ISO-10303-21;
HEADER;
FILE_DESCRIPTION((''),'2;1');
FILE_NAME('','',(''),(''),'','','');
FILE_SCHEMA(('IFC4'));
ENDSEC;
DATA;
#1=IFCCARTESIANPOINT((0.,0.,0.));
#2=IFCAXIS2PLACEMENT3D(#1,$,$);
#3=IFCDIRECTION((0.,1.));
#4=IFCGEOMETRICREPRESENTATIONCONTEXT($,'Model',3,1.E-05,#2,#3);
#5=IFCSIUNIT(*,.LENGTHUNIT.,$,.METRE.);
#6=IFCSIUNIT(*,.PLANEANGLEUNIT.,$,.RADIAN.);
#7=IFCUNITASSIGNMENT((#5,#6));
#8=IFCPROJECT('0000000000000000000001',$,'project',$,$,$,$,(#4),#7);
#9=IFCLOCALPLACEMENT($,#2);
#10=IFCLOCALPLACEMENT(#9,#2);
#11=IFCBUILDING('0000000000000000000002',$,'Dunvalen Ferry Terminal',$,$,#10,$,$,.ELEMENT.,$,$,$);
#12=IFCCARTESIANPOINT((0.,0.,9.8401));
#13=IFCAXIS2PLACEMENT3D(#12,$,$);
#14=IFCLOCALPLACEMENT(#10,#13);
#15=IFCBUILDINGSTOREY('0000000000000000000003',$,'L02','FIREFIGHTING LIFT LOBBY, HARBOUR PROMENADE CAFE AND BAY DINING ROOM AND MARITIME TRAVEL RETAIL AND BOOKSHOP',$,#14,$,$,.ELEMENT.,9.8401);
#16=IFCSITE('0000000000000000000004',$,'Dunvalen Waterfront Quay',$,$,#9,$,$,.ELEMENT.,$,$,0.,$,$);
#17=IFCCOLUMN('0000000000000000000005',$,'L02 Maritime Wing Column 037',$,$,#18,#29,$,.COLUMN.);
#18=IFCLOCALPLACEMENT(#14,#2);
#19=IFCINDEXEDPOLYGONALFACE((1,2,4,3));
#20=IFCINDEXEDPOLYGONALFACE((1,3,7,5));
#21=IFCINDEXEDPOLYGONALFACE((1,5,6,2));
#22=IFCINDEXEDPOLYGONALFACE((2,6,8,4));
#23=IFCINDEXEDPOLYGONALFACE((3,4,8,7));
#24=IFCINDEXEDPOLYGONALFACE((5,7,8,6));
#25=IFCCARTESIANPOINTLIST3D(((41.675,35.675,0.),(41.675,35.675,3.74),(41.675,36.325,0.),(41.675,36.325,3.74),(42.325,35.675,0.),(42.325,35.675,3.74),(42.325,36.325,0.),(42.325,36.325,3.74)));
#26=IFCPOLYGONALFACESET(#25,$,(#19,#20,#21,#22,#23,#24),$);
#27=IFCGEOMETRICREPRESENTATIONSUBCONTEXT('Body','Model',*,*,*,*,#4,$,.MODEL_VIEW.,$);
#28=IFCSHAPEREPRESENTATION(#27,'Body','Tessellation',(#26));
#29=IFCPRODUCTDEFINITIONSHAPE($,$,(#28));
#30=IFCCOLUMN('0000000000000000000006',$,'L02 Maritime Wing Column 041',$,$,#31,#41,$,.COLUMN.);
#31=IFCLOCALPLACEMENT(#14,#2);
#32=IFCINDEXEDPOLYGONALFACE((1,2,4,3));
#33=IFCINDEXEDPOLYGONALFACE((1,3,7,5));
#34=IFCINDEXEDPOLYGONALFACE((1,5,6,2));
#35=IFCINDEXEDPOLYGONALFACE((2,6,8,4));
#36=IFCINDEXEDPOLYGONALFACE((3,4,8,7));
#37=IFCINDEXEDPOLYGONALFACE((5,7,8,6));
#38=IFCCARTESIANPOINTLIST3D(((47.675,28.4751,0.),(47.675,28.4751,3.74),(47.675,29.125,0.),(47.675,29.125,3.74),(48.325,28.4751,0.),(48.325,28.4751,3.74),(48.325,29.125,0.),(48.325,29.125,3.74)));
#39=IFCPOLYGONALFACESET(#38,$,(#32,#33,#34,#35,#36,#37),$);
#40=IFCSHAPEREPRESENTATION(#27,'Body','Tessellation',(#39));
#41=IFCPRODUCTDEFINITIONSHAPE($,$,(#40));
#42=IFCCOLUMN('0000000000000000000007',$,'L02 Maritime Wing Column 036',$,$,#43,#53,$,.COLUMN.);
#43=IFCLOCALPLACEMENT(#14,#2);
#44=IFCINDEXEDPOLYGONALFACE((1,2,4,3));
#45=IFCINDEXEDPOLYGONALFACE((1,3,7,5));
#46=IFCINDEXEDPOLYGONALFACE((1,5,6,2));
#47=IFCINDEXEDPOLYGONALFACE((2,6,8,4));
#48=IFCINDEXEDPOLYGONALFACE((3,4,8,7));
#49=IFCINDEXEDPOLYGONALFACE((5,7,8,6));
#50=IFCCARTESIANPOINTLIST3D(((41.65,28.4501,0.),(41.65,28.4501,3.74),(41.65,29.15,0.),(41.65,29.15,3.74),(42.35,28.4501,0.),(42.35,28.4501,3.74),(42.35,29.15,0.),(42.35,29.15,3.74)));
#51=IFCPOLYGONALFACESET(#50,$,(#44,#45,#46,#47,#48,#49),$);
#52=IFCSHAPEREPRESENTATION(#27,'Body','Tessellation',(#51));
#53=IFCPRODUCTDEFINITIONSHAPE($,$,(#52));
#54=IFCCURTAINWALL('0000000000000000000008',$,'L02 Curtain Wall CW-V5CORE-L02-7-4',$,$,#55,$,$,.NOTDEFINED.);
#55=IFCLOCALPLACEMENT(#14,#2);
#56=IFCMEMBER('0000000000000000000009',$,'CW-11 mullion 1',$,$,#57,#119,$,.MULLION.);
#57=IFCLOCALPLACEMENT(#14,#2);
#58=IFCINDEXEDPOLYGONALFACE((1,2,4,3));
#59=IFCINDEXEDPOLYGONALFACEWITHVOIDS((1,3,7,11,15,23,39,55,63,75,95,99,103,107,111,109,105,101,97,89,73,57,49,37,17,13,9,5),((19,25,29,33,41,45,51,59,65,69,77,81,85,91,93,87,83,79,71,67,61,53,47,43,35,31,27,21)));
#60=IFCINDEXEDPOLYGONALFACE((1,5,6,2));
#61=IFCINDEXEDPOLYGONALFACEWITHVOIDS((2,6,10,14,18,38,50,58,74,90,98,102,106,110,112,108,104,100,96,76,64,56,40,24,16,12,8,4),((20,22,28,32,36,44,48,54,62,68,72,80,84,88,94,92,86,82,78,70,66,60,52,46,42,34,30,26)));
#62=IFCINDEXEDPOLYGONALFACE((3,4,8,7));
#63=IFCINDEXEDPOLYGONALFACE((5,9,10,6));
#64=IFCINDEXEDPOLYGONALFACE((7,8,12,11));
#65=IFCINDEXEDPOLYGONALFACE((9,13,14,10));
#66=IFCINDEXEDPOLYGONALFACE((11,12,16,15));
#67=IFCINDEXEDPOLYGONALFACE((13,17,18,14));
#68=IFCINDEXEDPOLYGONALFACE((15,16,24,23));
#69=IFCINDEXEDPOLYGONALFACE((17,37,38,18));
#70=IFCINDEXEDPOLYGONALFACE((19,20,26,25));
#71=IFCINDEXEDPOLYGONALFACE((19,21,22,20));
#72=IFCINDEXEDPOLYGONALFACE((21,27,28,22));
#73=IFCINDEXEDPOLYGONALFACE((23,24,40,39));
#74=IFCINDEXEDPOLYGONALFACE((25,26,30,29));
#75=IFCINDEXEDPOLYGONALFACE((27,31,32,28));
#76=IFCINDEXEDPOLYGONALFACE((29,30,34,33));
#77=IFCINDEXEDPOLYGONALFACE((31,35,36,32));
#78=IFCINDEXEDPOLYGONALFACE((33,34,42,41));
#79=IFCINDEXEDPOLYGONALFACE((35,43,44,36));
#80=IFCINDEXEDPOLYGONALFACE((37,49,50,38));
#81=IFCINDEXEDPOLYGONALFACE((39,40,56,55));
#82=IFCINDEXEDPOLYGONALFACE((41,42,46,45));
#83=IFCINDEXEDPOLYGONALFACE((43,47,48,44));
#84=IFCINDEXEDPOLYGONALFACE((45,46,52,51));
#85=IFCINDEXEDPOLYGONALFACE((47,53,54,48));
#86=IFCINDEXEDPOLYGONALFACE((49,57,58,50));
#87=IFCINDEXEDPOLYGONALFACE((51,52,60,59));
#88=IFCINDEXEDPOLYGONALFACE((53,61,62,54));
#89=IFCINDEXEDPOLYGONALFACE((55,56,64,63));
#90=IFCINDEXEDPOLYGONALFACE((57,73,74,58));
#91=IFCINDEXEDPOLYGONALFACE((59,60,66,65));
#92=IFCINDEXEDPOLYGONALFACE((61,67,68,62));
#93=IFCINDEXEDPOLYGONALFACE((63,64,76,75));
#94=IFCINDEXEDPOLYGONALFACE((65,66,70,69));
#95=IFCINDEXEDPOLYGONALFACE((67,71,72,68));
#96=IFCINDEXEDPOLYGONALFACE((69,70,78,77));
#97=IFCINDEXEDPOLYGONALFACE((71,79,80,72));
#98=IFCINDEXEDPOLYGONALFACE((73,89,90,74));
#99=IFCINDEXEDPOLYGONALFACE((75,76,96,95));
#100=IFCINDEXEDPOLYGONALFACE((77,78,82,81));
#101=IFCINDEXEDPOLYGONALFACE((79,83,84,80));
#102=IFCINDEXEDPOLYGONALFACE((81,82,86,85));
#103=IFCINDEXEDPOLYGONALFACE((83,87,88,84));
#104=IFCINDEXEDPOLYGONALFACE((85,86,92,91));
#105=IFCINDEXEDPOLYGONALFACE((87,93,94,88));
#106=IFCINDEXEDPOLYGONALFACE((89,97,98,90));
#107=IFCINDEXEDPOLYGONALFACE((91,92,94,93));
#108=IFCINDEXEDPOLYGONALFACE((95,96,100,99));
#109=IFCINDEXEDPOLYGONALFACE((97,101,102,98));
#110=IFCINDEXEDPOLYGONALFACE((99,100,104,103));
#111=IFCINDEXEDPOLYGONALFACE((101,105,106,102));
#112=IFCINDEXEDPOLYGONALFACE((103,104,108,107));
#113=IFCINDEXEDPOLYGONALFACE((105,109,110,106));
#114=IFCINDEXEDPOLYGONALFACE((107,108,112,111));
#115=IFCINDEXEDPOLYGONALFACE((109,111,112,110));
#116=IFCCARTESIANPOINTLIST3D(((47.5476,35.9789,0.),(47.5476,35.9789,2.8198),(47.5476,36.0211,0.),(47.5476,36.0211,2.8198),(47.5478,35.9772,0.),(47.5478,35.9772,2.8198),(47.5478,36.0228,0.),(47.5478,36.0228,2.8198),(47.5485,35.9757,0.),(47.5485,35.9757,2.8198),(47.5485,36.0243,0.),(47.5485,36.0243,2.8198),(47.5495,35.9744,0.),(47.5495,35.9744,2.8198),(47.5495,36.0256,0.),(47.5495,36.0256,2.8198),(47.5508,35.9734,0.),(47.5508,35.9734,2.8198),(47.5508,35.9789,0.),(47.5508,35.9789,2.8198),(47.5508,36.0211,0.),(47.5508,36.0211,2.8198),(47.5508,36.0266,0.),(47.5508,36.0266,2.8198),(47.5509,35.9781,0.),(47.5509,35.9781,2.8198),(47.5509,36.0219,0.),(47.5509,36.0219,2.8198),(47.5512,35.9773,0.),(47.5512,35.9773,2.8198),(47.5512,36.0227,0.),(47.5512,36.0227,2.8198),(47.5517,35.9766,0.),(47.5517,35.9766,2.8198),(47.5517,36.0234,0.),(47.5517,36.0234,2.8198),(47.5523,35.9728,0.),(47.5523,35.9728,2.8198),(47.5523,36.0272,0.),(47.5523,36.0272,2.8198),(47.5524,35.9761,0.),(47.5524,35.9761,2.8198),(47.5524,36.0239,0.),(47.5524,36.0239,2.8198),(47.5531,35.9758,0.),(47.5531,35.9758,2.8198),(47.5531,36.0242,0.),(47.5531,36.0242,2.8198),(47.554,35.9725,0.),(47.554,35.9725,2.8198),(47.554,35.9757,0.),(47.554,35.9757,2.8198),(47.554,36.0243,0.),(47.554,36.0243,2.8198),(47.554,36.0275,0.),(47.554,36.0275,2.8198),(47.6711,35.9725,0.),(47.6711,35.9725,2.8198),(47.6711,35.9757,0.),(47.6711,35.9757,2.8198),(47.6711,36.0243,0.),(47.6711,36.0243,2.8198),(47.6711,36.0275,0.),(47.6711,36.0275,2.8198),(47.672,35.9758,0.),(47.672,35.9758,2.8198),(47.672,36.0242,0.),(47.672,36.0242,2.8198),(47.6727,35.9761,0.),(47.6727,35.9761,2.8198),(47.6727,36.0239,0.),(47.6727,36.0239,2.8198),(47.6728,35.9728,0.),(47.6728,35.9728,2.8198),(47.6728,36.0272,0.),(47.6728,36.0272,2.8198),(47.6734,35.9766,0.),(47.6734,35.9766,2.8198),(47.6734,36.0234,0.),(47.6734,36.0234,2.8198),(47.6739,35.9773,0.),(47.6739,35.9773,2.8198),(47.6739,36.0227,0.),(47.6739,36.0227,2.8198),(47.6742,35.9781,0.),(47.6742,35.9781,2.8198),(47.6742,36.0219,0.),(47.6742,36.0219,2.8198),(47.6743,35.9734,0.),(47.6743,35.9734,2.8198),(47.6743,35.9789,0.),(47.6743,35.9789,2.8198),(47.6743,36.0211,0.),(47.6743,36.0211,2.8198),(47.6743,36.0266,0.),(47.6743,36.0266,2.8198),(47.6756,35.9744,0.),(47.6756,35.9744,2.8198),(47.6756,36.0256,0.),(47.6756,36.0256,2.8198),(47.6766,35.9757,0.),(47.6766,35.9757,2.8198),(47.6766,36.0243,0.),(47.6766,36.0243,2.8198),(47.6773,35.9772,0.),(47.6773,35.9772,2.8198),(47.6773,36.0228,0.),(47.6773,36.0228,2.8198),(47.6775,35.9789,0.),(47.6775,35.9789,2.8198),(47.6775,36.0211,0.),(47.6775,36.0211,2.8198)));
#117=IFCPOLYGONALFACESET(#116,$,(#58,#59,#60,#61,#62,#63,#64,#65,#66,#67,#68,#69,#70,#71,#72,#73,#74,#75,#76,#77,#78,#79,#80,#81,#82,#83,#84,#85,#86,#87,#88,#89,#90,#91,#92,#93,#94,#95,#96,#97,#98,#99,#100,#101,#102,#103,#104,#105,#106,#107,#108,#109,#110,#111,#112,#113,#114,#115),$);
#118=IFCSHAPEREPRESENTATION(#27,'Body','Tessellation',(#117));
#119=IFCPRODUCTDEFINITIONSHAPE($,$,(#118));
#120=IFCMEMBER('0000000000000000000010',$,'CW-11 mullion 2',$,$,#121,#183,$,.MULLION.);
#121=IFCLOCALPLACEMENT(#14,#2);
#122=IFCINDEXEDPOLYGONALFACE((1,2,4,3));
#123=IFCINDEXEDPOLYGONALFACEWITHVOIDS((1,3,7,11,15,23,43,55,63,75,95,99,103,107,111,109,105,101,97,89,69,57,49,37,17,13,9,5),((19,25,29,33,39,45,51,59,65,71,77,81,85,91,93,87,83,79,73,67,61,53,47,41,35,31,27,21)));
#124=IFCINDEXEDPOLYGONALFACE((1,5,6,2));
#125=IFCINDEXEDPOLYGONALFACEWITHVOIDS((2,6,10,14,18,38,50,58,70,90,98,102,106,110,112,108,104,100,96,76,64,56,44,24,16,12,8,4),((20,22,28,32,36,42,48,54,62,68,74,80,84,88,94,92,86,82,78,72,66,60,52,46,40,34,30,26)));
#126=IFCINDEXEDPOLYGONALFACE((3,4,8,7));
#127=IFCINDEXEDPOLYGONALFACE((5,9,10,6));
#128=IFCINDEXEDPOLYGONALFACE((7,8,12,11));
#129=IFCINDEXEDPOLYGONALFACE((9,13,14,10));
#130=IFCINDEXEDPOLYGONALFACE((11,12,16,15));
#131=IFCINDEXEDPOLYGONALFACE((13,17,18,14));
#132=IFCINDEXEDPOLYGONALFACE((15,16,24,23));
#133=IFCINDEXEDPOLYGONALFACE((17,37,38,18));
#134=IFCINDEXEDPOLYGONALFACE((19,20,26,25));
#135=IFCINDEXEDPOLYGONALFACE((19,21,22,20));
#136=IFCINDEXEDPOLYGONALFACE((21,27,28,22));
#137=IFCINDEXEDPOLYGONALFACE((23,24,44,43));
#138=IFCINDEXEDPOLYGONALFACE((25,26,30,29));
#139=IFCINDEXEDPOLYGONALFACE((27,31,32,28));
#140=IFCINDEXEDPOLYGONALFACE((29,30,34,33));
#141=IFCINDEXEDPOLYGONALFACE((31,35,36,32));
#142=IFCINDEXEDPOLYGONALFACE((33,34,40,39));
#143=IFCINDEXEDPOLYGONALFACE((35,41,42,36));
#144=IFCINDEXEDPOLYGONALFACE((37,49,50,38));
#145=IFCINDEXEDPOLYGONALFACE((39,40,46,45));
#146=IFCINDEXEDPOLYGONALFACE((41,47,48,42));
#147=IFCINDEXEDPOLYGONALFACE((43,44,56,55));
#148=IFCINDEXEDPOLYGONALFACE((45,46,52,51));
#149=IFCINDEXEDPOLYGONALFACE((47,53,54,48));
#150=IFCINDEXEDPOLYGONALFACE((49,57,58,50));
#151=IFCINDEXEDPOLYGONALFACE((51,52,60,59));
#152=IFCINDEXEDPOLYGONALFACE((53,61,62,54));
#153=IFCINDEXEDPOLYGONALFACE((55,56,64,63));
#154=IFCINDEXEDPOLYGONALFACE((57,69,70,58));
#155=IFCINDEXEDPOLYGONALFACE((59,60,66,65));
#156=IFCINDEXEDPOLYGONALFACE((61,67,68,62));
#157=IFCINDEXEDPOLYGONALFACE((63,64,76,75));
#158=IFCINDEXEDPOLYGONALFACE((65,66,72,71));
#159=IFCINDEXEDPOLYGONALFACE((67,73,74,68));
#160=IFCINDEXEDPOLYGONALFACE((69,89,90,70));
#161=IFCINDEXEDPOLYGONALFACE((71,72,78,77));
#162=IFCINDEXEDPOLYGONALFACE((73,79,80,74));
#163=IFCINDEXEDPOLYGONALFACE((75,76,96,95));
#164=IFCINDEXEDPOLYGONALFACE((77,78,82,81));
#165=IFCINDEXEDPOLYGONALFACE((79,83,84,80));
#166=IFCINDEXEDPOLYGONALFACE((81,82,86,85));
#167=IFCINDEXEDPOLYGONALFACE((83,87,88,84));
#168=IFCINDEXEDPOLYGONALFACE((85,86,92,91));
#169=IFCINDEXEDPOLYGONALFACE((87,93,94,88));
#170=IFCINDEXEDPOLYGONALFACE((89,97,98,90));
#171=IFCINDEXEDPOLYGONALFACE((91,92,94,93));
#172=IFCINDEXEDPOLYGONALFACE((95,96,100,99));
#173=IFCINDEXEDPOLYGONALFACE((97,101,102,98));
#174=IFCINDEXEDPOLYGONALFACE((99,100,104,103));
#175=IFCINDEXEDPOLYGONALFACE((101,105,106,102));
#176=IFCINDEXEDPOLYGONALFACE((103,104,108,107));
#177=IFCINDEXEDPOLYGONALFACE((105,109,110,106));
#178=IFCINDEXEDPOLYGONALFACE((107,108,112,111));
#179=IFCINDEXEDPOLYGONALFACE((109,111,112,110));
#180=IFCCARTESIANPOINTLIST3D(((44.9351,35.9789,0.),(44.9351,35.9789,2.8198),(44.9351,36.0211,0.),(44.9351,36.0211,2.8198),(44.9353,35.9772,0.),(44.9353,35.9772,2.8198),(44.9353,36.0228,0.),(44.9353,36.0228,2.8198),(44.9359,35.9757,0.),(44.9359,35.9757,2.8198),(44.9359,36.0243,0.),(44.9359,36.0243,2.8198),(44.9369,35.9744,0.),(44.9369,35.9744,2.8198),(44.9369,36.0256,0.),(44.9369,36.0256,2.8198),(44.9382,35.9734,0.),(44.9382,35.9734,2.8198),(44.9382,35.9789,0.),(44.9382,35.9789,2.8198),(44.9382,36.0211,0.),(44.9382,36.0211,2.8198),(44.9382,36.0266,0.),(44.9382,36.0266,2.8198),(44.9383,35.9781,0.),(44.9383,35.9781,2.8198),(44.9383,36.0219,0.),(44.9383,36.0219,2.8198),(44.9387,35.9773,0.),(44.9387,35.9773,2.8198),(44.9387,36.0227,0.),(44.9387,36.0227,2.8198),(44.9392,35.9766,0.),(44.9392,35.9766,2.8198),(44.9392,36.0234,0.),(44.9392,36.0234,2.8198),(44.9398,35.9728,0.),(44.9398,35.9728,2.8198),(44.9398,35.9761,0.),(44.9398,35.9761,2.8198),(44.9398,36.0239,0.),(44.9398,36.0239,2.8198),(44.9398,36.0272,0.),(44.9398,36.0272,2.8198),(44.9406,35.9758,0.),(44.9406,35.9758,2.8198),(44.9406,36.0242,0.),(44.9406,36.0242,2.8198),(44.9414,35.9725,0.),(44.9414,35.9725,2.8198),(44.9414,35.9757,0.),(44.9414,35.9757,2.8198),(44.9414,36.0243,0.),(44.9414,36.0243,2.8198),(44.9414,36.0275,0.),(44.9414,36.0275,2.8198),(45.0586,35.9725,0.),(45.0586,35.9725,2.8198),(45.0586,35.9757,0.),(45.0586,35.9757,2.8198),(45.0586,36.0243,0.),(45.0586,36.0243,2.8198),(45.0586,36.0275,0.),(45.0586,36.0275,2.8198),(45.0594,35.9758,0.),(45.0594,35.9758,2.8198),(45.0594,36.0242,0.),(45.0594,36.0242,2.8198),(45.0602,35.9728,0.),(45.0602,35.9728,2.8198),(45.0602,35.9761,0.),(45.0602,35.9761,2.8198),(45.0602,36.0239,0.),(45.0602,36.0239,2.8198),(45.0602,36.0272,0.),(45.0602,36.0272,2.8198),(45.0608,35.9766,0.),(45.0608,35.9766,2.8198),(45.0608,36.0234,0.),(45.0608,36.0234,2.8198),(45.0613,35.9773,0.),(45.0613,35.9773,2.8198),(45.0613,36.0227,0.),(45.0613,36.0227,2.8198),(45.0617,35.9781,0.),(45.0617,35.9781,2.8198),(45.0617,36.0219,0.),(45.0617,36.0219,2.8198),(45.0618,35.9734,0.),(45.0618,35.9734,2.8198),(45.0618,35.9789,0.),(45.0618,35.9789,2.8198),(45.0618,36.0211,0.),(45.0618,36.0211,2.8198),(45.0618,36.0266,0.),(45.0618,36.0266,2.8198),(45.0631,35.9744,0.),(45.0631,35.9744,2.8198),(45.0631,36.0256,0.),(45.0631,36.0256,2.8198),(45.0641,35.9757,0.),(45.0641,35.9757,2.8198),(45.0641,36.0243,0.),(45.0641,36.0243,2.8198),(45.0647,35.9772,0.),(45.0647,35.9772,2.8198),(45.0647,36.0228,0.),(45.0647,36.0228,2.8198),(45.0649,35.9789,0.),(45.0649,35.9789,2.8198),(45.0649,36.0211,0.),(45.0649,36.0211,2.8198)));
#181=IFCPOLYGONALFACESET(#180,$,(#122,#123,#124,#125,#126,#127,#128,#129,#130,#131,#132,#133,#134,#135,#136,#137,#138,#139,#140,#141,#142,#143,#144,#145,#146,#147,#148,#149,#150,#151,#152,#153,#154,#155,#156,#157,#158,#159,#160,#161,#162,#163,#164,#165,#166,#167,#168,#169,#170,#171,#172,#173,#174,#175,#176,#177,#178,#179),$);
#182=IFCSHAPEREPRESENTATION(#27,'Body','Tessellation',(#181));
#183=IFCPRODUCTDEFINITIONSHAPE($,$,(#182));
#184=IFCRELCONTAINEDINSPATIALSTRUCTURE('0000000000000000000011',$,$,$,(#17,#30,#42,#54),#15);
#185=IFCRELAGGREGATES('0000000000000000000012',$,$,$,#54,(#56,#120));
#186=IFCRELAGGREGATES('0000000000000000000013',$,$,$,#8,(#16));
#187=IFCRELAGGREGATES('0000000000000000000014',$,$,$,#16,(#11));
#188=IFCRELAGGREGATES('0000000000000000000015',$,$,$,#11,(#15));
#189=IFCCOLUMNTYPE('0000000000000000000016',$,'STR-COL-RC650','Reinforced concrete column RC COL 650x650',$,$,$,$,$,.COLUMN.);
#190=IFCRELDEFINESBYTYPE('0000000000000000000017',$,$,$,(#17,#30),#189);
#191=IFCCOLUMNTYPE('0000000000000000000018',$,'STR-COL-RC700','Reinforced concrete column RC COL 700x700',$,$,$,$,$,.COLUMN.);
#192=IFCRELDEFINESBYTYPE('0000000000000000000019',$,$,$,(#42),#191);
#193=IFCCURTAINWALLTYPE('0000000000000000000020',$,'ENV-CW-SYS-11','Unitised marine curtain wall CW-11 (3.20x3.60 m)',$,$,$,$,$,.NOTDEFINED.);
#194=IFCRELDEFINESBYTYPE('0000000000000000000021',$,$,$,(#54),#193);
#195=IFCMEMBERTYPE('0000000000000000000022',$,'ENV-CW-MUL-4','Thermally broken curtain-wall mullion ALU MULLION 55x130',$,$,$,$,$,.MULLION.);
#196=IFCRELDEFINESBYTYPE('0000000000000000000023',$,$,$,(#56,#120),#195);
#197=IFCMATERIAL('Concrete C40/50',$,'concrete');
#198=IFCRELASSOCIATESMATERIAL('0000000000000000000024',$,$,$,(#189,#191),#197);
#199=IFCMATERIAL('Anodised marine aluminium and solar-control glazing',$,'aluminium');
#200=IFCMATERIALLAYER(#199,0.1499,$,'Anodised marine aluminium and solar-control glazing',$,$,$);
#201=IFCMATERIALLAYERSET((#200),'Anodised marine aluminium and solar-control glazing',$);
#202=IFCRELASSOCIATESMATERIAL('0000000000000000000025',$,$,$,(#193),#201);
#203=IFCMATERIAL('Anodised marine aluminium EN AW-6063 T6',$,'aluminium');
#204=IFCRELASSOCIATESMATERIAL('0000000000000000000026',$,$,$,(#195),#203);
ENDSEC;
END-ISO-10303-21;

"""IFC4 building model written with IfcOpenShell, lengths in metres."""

from ifc_helpers import new_model, si_unit, direction, frame, origin, origin_2d, place, context, subcontext, project, spatial, rectangle, hollow_rectangle, extrude, material, layer, layer_set, material_profile, profile_set, type_object, element, aggregate, save


model = new_model("IFC4")

# Units and contexts
model_context = context("Model", 3, precision=1e-05, world=origin(), true_north=direction((0.0, 1.0)))
body_context = subcontext(model_context, "Body", "Model", "MODEL_VIEW")
ifc_project = project(units=[si_unit("LENGTHUNIT", "METRE"), si_unit("PLANEANGLEUNIT", "RADIAN")], contexts=[model_context])

# Site, building, storey
site_placement = place(None, origin())
site = spatial("IfcSite", under=ifc_project, at=site_placement, Name="Dunvalen Waterfront Quay", CompositionType="ELEMENT", RefElevation=0.0)
building_placement = place(site_placement, origin())
building = spatial("IfcBuilding", under=site, at=building_placement, Name="Dunvalen Ferry Terminal", CompositionType="ELEMENT")
storey_placement = place(building_placement, frame((0.0, 0.0, 9.8401)))
storey = spatial("IfcBuildingStorey", under=building, at=storey_placement, Name="L02", Description="FIREFIGHTING LIFT LOBBY, HARBOUR PROMENADE CAFE AND BAY DINING ROOM AND MARITIME TRAVEL RETAIL AND BOOKSHOP", CompositionType="ELEMENT", Elevation=9.8401)

# Columns
ifc_material_1 = material(Name="Concrete C40/50", Category="concrete")
ifc_material_profile_1 = material_profile(ifc_material_1, rectangle(XDim=0.6499, YDim=0.6499, at=origin_2d()), Name="Concrete C40/50")
ifc_profile_set_1 = profile_set([ifc_material_profile_1], Name="Concrete C40/50")
column_type_1 = type_object("IfcColumnType", Name="STR-COL-RC650", Description="Reinforced concrete column RC COL 650x650", PredefinedType="COLUMN", material=ifc_profile_set_1)
for number, where, z_axis, x_axis, name in (
    (1, (42.0, 36.0, 0.0), (0.0, 0.0, 1.0), (1.0, 0.0, 0.0), "L02 Maritime Wing Column 037"),
    (2, (48.0, 28.8, 0.0), (0.0, 0.0, 1.0), (1.0, 0.0, 0.0), "L02 Maritime Wing Column 041"),
):
    element("IfcColumn", number, at=place(storey_placement, frame(where, z_axis=z_axis, x_axis=x_axis)), inside=storey, type_object=column_type_1, Name=name, PredefinedType="COLUMN", context=body_context, shape_type="SweptSolid", body=[
        extrude(rectangle(XDim=0.6499, YDim=0.6499, at=origin_2d()), origin(), (0.0, 0.0, 1.0), 3.74),
    ])
ifc_material_profile_2 = material_profile(ifc_material_1, rectangle(XDim=0.7, YDim=0.7, at=origin_2d()), Name="Concrete C40/50")
ifc_profile_set_2 = profile_set([ifc_material_profile_2], Name="Concrete C40/50")
column_type_2 = type_object("IfcColumnType", Name="STR-COL-RC700", Description="Reinforced concrete column RC COL 700x700", PredefinedType="COLUMN", material=ifc_profile_set_2)
column_placement = place(storey_placement, frame((42.0, 28.8, 0.0), z_axis=(0.0, 0.0, 1.0), x_axis=(1.0, 0.0, 0.0)))
element("IfcColumn", 3, at=column_placement, inside=storey, type_object=column_type_2, Name="L02 Maritime Wing Column 036", PredefinedType="COLUMN", context=body_context, shape_type="SweptSolid", body=[
    extrude(rectangle(XDim=0.7, YDim=0.7, at=origin_2d()), origin(), (0.0, 0.0, 1.0), 3.74),
])

# Curtain wall, members
ifc_material_2 = material(Name="Anodised marine aluminium and solar-control glazing", Category="aluminium")
ifc_layer_1 = layer(ifc_material_2, 0.1499, Name="Anodised marine aluminium and solar-control glazing")
ifc_layer_set_1 = layer_set([ifc_layer_1], Name="Anodised marine aluminium and solar-control glazing")
curtain_wall_type = type_object("IfcCurtainWallType", Name="ENV-CW-SYS-11", Description="Unitised marine curtain wall CW-11 (3.20x3.60 m)", PredefinedType="NOTDEFINED", material=ifc_layer_set_1)
curtain_wall_placement = place(storey_placement, origin())
curtain_wall = element("IfcCurtainWall", 4, at=curtain_wall_placement, inside=storey, type_object=curtain_wall_type, Name="L02 Curtain Wall CW-V5CORE-L02-7-4", PredefinedType="NOTDEFINED")
ifc_material_3 = material(Name="Anodised marine aluminium EN AW-6063 T6", Category="aluminium")
ifc_material_profile_3 = material_profile(ifc_material_3, hollow_rectangle(XDim=0.0549, YDim=0.1299, WallThickness=0.0032, InnerFilletRadius=0.0032, OuterFilletRadius=0.0063, at=origin_2d()), Name="Anodised marine aluminium EN AW-6063 T6")
ifc_profile_set_3 = profile_set([ifc_material_profile_3], Name="Anodised marine aluminium EN AW-6063 T6")
member_type_1 = type_object("IfcMemberType", Name="ENV-CW-MUL-4", Description="Thermally broken curtain-wall mullion ALU MULLION 55x130", PredefinedType="MULLION", material=ifc_profile_set_3)
member_1_placement = place(storey_placement, frame((47.6125, 36.0, 0.0), z_axis=(0.0, 0.0, 1.0), x_axis=(0.0, -1.0, 0.0)))
member_1 = element("IfcMember", 5, at=member_1_placement, type_object=member_type_1, Name="CW-11 mullion 1", PredefinedType="MULLION", context=body_context, shape_type="SweptSolid", body=[
    extrude(hollow_rectangle(XDim=0.0549, YDim=0.1299, WallThickness=0.0032, InnerFilletRadius=0.0032, OuterFilletRadius=0.0063, at=origin_2d()), origin(), (0.0, 0.0, 1.0), 2.8198),
])
member_2_placement = place(storey_placement, frame((45.0, 36.0, 0.0), z_axis=(0.0, 0.0, 1.0), x_axis=(0.0, -1.0, 0.0)))
member_2 = element("IfcMember", 6, at=member_2_placement, type_object=member_type_1, Name="CW-11 mullion 2", PredefinedType="MULLION", context=body_context, shape_type="SweptSolid", body=[
    extrude(hollow_rectangle(XDim=0.0549, YDim=0.1299, WallThickness=0.0032, InnerFilletRadius=0.0032, OuterFilletRadius=0.0063, at=origin_2d()), origin(), (0.0, 0.0, 1.0), 2.8198),
])

aggregate(curtain_wall, [member_1, member_2])

save(model, "model.ifc")
